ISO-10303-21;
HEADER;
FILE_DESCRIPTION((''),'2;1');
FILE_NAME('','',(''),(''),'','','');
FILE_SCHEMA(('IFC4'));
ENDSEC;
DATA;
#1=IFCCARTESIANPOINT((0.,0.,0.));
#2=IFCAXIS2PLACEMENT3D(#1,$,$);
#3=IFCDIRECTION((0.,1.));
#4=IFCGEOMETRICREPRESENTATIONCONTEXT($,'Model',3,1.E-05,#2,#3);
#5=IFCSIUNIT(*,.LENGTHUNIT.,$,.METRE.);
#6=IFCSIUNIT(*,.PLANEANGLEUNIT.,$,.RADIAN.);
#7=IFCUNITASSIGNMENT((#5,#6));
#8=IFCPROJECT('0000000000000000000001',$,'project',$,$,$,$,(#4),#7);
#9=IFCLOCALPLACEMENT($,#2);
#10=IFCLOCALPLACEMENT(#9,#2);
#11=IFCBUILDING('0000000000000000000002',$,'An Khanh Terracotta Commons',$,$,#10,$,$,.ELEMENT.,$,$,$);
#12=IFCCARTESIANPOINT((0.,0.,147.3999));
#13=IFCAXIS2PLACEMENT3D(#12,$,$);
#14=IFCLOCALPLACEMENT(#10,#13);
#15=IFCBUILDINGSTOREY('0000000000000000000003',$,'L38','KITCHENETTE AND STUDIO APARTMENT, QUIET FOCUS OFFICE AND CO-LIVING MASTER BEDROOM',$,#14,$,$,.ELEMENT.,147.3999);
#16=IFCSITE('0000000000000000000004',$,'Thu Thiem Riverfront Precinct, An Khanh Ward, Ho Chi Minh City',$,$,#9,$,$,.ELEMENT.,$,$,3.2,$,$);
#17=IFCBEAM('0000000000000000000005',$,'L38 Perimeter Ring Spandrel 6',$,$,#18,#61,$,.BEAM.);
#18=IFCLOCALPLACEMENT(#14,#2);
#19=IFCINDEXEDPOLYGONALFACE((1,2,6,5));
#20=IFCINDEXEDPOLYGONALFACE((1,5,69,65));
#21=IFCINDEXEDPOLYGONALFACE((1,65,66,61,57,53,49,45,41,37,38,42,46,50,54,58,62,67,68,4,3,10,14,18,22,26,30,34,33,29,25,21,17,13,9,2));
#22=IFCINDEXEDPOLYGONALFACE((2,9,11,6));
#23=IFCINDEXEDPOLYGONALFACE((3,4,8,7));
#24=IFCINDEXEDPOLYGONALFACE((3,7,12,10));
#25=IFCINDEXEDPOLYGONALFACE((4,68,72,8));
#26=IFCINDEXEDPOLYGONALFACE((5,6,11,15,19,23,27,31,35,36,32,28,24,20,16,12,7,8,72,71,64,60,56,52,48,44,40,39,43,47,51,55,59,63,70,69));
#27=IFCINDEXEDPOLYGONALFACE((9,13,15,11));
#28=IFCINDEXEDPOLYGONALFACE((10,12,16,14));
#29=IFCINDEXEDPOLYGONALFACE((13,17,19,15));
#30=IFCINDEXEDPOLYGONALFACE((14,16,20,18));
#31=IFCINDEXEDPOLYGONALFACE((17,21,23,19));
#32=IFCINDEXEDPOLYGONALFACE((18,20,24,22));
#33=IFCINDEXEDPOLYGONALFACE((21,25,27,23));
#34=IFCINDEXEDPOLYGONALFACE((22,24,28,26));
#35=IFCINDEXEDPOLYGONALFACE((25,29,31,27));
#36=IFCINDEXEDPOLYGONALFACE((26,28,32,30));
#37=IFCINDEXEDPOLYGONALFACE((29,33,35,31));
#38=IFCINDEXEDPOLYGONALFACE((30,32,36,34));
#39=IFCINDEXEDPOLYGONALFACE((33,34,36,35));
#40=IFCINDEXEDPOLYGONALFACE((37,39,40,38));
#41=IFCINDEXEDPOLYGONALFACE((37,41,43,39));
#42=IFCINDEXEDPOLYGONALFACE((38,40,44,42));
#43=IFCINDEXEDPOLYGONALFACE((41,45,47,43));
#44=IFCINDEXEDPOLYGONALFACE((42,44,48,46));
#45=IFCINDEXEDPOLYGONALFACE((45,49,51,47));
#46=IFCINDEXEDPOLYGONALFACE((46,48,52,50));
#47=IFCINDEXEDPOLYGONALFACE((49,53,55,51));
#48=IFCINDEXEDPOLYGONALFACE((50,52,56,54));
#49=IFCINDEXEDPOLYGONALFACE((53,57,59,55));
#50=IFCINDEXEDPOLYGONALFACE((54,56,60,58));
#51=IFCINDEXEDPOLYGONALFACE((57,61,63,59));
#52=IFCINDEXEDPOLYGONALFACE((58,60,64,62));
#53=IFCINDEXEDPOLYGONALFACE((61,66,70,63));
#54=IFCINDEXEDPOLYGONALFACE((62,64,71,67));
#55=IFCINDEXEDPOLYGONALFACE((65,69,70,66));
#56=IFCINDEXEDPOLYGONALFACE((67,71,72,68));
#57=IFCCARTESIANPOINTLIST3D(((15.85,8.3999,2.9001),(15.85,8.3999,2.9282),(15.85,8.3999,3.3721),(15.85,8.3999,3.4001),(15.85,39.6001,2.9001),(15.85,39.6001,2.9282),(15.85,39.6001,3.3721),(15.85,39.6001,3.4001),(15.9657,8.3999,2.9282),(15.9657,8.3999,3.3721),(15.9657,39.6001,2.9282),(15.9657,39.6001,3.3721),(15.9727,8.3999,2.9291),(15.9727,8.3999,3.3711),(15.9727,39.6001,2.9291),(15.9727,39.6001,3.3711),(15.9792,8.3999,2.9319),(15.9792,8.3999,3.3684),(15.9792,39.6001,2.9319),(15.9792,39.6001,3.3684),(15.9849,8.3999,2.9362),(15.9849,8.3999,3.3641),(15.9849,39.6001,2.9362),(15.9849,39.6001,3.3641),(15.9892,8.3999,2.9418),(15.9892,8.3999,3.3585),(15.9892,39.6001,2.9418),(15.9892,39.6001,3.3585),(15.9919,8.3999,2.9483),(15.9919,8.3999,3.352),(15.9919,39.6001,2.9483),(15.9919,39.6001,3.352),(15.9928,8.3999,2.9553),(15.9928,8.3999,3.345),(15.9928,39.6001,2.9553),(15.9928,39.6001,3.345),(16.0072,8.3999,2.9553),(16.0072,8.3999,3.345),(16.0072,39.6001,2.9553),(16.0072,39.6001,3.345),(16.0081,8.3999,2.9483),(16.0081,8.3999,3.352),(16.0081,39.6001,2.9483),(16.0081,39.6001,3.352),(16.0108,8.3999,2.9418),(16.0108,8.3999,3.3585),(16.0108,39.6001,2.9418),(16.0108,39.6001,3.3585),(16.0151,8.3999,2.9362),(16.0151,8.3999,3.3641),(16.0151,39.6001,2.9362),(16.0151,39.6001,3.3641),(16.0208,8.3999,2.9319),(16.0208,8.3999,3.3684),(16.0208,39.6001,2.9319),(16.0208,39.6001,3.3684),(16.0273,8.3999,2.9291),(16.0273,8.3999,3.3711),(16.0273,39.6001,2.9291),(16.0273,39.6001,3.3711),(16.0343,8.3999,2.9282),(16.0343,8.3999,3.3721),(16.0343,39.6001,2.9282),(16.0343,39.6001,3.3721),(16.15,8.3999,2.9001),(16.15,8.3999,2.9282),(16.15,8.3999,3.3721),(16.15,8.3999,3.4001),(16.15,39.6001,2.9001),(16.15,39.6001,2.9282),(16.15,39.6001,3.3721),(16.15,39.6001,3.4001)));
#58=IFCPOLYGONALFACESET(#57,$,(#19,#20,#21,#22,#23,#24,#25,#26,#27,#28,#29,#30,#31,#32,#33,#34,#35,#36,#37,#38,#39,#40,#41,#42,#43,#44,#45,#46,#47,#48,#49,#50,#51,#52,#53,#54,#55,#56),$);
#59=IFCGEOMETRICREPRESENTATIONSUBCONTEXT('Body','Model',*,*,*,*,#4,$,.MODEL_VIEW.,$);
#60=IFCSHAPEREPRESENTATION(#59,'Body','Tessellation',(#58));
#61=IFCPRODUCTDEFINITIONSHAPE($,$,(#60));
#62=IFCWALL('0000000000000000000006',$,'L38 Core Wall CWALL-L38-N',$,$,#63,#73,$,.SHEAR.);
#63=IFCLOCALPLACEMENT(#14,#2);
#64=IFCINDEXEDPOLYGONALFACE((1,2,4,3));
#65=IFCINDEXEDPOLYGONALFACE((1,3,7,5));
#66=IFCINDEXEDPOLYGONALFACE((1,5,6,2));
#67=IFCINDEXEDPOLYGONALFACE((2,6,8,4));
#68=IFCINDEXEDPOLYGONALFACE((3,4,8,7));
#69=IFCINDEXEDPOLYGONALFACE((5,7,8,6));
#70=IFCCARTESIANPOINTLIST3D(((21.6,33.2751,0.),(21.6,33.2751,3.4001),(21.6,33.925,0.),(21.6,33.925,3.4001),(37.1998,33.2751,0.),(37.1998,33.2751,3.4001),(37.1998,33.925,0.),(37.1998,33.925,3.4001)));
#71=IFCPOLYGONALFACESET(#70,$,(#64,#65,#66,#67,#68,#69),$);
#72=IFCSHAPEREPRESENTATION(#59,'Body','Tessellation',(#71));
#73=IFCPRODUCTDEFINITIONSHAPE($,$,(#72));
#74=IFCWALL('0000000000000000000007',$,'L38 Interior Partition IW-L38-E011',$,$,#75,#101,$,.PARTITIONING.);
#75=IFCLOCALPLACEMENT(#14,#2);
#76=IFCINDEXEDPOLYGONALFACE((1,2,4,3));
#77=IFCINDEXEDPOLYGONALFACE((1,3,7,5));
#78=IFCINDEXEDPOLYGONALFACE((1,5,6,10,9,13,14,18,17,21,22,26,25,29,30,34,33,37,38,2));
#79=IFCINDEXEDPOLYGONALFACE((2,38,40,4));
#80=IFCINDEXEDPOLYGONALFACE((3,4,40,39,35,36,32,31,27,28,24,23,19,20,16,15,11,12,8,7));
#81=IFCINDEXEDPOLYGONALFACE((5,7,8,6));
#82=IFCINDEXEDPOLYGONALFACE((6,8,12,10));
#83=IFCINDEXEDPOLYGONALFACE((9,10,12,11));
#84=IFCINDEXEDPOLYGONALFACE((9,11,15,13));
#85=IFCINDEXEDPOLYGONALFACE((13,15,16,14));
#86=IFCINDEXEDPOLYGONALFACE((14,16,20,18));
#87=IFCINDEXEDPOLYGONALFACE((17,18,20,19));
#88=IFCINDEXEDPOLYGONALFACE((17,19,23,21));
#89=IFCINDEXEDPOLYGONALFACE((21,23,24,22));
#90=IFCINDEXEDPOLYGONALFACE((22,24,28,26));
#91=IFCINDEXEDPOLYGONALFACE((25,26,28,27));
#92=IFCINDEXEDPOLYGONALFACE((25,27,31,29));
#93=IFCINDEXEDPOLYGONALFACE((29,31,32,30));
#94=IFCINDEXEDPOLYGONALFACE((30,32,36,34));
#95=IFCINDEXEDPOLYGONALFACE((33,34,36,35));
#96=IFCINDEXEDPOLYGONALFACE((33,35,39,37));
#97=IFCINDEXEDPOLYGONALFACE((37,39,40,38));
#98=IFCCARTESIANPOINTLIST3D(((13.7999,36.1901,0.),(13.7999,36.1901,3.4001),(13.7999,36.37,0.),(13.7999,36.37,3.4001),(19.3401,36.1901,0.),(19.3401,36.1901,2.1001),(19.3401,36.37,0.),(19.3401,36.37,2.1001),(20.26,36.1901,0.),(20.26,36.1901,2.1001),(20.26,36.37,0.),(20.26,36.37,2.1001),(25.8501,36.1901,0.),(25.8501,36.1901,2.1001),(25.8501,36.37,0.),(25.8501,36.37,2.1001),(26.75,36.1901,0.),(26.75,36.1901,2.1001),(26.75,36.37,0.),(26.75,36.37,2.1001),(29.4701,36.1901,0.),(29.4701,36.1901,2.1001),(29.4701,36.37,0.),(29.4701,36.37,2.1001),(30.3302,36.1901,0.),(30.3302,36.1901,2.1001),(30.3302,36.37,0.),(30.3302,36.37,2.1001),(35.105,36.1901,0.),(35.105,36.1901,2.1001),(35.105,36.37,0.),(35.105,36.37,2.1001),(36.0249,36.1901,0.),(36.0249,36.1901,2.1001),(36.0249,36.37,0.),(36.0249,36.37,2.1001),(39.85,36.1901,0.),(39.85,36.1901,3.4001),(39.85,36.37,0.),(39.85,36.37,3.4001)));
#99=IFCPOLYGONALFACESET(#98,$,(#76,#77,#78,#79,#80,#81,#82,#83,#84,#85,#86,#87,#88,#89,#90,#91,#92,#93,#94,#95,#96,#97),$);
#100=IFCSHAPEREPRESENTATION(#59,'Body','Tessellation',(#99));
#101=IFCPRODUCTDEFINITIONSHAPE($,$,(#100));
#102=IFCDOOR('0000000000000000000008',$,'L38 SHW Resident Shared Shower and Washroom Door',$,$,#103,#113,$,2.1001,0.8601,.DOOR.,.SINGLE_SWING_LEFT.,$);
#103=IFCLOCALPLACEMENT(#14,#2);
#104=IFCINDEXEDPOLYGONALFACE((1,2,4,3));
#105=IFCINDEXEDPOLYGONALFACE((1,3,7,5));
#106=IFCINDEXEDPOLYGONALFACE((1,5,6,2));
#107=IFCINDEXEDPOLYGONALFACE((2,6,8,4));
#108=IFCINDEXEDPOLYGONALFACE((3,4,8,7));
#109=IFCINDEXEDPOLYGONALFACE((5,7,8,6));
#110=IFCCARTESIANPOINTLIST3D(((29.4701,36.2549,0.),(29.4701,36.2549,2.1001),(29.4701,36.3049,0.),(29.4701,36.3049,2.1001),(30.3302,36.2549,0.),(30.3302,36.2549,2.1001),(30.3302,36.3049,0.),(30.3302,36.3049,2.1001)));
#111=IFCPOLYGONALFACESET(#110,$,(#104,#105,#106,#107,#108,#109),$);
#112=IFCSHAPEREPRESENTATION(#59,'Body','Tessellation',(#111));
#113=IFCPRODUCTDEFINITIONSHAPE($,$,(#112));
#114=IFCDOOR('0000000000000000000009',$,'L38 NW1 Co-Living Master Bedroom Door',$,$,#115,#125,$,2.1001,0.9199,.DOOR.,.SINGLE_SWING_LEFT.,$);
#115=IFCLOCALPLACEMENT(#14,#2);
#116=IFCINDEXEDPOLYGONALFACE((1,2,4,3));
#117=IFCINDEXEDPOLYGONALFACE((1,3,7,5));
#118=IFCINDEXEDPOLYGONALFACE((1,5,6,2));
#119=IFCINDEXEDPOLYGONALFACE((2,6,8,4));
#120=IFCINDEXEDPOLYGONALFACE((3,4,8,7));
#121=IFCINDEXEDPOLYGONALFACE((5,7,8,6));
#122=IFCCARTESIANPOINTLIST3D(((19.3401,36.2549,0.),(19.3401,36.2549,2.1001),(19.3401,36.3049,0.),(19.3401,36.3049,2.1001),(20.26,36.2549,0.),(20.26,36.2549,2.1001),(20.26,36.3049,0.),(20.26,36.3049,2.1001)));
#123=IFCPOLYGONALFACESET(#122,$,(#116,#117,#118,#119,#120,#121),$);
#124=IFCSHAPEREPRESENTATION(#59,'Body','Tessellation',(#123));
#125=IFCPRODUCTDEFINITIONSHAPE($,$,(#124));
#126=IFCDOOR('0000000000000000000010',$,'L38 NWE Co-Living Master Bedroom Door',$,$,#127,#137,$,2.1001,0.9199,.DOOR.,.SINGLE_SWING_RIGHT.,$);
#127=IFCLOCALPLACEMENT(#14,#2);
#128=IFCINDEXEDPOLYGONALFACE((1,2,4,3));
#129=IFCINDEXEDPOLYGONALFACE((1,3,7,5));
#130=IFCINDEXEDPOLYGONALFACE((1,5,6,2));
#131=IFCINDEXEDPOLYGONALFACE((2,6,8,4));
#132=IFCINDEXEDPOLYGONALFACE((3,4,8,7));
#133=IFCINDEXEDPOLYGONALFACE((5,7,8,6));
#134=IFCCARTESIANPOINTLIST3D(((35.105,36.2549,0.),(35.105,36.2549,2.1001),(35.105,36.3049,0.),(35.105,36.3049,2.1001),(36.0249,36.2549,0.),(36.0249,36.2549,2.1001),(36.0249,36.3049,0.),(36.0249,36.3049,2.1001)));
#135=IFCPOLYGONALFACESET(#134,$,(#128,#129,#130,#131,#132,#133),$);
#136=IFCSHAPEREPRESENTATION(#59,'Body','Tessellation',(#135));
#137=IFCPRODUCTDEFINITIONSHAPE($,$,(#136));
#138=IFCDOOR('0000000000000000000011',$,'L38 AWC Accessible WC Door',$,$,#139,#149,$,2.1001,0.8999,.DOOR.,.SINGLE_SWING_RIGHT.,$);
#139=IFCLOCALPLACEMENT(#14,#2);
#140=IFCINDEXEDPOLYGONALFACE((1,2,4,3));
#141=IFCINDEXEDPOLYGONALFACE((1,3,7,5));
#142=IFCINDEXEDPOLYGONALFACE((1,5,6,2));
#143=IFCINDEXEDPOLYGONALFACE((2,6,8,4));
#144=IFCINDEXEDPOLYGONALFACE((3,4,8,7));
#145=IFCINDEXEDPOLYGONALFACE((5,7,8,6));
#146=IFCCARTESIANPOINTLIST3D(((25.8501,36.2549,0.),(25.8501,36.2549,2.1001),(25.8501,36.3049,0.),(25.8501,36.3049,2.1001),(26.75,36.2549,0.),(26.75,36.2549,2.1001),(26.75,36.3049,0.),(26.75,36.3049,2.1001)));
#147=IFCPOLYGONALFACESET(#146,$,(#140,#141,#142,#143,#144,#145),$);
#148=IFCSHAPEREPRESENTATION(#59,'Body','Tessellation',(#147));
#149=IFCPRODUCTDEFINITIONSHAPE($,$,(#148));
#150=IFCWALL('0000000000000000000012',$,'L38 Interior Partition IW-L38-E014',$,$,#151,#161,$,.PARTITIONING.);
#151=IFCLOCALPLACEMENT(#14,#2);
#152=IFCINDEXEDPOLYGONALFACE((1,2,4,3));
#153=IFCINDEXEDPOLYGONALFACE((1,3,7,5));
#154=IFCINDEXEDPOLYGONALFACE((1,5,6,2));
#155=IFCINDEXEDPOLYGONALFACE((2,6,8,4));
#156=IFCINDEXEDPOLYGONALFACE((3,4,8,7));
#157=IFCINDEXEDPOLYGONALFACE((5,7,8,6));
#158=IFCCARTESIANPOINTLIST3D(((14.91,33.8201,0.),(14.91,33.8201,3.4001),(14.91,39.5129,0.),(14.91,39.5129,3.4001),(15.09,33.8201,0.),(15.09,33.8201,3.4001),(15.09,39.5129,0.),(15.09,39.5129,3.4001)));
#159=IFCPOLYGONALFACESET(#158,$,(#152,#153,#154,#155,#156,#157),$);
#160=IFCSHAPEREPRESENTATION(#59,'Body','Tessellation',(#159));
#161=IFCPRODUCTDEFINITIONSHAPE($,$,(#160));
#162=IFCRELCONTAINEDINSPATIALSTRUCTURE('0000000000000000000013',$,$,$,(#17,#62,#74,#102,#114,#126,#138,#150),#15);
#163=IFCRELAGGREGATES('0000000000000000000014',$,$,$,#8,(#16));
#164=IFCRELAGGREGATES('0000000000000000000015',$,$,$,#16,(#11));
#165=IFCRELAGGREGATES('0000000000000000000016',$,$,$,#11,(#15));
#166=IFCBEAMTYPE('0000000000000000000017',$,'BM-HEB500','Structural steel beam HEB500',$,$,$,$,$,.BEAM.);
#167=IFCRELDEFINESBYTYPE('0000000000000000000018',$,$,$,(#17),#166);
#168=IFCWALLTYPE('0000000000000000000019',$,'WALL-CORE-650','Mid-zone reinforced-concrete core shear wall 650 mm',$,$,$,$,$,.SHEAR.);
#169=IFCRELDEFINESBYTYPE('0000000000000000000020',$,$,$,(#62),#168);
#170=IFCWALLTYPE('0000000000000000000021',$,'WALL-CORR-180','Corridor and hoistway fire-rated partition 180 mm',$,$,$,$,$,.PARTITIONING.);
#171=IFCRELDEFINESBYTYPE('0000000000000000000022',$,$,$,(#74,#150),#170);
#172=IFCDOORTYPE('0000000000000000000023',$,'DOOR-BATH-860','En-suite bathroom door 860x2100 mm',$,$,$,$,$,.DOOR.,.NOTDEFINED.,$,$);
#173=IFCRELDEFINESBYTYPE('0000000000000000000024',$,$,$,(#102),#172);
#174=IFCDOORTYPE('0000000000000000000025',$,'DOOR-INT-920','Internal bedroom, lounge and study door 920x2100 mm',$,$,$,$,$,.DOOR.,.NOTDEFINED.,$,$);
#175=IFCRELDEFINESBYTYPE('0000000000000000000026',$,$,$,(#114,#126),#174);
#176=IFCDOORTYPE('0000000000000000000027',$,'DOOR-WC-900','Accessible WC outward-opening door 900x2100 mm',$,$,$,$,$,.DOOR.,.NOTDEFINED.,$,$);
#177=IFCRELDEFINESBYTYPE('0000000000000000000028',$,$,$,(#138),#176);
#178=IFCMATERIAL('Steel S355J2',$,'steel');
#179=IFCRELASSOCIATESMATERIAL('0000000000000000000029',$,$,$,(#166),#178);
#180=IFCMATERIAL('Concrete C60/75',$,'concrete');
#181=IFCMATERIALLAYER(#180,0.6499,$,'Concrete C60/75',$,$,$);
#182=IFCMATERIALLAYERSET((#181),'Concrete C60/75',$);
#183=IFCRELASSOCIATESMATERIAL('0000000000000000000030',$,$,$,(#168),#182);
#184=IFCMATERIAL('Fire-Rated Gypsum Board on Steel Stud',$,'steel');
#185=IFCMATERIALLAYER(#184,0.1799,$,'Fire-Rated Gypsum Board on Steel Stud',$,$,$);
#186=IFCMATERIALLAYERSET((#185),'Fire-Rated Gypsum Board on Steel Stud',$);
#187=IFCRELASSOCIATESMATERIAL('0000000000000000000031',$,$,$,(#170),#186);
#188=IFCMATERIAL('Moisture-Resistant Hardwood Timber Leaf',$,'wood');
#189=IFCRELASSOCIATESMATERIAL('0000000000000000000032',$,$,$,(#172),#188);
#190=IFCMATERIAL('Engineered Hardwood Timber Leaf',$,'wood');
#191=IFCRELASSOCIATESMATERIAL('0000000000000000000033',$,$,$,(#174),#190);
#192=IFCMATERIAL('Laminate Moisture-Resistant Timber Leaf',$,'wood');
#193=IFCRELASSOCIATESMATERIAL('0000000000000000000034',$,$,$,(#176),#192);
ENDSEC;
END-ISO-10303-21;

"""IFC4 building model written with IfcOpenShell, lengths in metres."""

from ifc_helpers import new_model, si_unit, direction, frame, frame_2d, origin, origin_2d, place, context, subcontext, project, spatial, rectangle, i_section, extrude, material, layer, layer_set, material_profile, profile_set, type_object, element, fill, save


model = new_model("IFC4")

# Units and contexts
model_context = context("Model", 3, precision=1e-05, world=origin(), true_north=direction((0.0, 1.0)))
body_context = subcontext(model_context, "Body", "Model", "MODEL_VIEW")
ifc_project = project(units=[si_unit("LENGTHUNIT", "METRE"), si_unit("PLANEANGLEUNIT", "RADIAN")], contexts=[model_context])

# Site, building, storey
site_placement = place(None, origin())
site = spatial("IfcSite", under=ifc_project, at=site_placement, Name="Thu Thiem Riverfront Precinct, An Khanh Ward, Ho Chi Minh City", CompositionType="ELEMENT", RefElevation=3.2)
building_placement = place(site_placement, origin())
building = spatial("IfcBuilding", under=site, at=building_placement, Name="An Khanh Terracotta Commons", CompositionType="ELEMENT")
storey_placement = place(building_placement, frame((0.0, 0.0, 147.3999)))
storey = spatial("IfcBuildingStorey", under=building, at=storey_placement, Name="L38", Description="KITCHENETTE AND STUDIO APARTMENT, QUIET FOCUS OFFICE AND CO-LIVING MASTER BEDROOM", CompositionType="ELEMENT", Elevation=147.3999)

# Shared definitions
ifc_material_1 = material(Name="Concrete C60/75", Category="concrete")

# Beam
ifc_material_2 = material(Name="Steel S355J2", Category="steel")
ifc_material_profile_1 = material_profile(ifc_material_2, i_section(OverallWidth=0.3, OverallDepth=0.5, WebThickness=0.0144, FlangeThickness=0.0281, FilletRadius=0.0271, at=origin_2d()), Name="HEB500")
ifc_profile_set_1 = profile_set([ifc_material_profile_1], Name="Steel S355J2")
beam_type_1 = type_object("IfcBeamType", Name="BM-HEB500", Description="Structural steel beam HEB500", PredefinedType="BEAM", material=ifc_profile_set_1)
beam_1_placement = place(storey_placement, frame((16.0, 39.6001, 3.1501), z_axis=(0.0, -1.0, 0.0), x_axis=(1.0, 0.0, 0.0)))
element("IfcBeam", 1, at=beam_1_placement, inside=storey, type_object=beam_type_1, Name="L38 Perimeter Ring Spandrel 6", PredefinedType="BEAM", context=body_context, shape_type="SweptSolid", body=[
    extrude(i_section(OverallWidth=0.3, OverallDepth=0.5, WebThickness=0.0144, FlangeThickness=0.0281, FilletRadius=0.0271, at=origin_2d()), origin(), (0.0, 0.0, 1.0), 31.2002),
])

# Wall
ifc_layer_1 = layer(ifc_material_1, 0.6499, Name="Concrete C60/75")
ifc_layer_set_1 = layer_set([ifc_layer_1], Name="Concrete C60/75")
wall_type_1 = type_object("IfcWallType", Name="WALL-CORE-650", Description="Mid-zone reinforced-concrete core shear wall 650 mm", PredefinedType="SHEAR", material=ifc_layer_set_1)
wall_1_placement = place(storey_placement, frame((21.6001, 33.6001, 0.0), z_axis=(0.0, 0.0, 1.0), x_axis=(1.0, 0.0, 0.0)))
element("IfcWall", 2, at=wall_1_placement, inside=storey, type_object=wall_type_1, Name="L38 Core Wall CWALL-L38-N", PredefinedType="SHEAR", context=body_context, shape_type="SweptSolid", body=[
    extrude(rectangle(XDim=15.5999, YDim=0.6499, at=frame_2d((7.7998, 0.0))), origin(), (0.0, 0.0, 1.0), 3.4001),
])

# Wall, openings, doors
ifc_material_3 = material(Name="Fire-Rated Gypsum Board on Steel Stud", Category="steel")
ifc_layer_2 = layer(ifc_material_3, 0.1799, Name="Fire-Rated Gypsum Board on Steel Stud")
ifc_layer_set_2 = layer_set([ifc_layer_2], Name="Fire-Rated Gypsum Board on Steel Stud")
wall_type_2 = type_object("IfcWallType", Name="WALL-CORR-180", Description="Corridor and hoistway fire-rated partition 180 mm", PredefinedType="PARTITIONING", material=ifc_layer_set_2)
wall_2_placement = place(storey_placement, frame((13.8, 36.28, 0.0), z_axis=(0.0, 0.0, 1.0), x_axis=(1.0, 0.0, 0.0)))
wall_2 = element("IfcWall", 3, at=wall_2_placement, inside=storey, type_object=wall_type_2, Name="L38 Interior Partition IW-L38-E011", PredefinedType="PARTITIONING", context=body_context, shape_type="SweptSolid", body=[
    extrude(rectangle(XDim=26.05, YDim=0.1799, at=frame_2d((13.0249, 0.0))), origin(), (0.0, 0.0, 1.0), 3.4001),
])
opening_1_placement = place(wall_2_placement, frame((12.05, 0.0, 0.0)))
opening_1 = element("IfcOpeningElement", 4, at=opening_1_placement, cuts=wall_2, PredefinedType="OPENING", context=body_context, shape_type="SweptSolid", body=[
    extrude(rectangle(XDim=0.8999, YDim=2.1001, at=frame_2d((0.45, 1.05))), frame((0.0, 0.0999, 0.0), z_axis=(0.0, -1.0, 0.0), x_axis=(1.0, 0.0, 0.0)), (0.0, 0.0, 1.0), 0.2),
])
opening_2_placement = place(wall_2_placement, frame((15.6699, 0.0, 0.0)))
opening_2 = element("IfcOpeningElement", 5, at=opening_2_placement, cuts=wall_2, PredefinedType="OPENING", context=body_context, shape_type="SweptSolid", body=[
    extrude(rectangle(XDim=0.8601, YDim=2.1001, at=frame_2d((0.4302, 1.05))), frame((0.0, 0.0999, 0.0), z_axis=(0.0, -1.0, 0.0), x_axis=(1.0, 0.0, 0.0)), (0.0, 0.0, 1.0), 0.2),
])
opening_3_placement = place(wall_2_placement, frame((5.54, 0.0, 0.0)))
opening_3 = element("IfcOpeningElement", 6, at=opening_3_placement, cuts=wall_2, PredefinedType="OPENING", context=body_context, shape_type="SweptSolid", body=[
    extrude(rectangle(XDim=0.9199, YDim=2.1001, at=frame_2d((0.46, 1.05))), frame((0.0, 0.0999, 0.0), z_axis=(0.0, -1.0, 0.0), x_axis=(1.0, 0.0, 0.0)), (0.0, 0.0, 1.0), 0.2),
])
opening_4_placement = place(wall_2_placement, frame((21.3049, 0.0, 0.0)))
opening_4 = element("IfcOpeningElement", 7, at=opening_4_placement, cuts=wall_2, PredefinedType="OPENING", context=body_context, shape_type="SweptSolid", body=[
    extrude(rectangle(XDim=0.9199, YDim=2.1001, at=frame_2d((0.46, 1.05))), frame((0.0, 0.0999, 0.0), z_axis=(0.0, -1.0, 0.0), x_axis=(1.0, 0.0, 0.0)), (0.0, 0.0, 1.0), 0.2),
])
ifc_material_4 = material(Name="Moisture-Resistant Hardwood Timber Leaf", Category="wood")
door_type_1 = type_object("IfcDoorType", Name="DOOR-BATH-860", Description="En-suite bathroom door 860x2100 mm", OperationType="NOTDEFINED", PredefinedType="DOOR", material=ifc_material_4)
door_1_placement = place(opening_2_placement, origin())
door_1 = element("IfcDoor", 8, at=door_1_placement, inside=storey, type_object=door_type_1, Name="L38 SHW Resident Shared Shower and Washroom Door", OperationType="SINGLE_SWING_LEFT", OverallHeight=2.1001, OverallWidth=0.8601, PredefinedType="DOOR", context=body_context, shape_type="SweptSolid", body=[
    extrude(rectangle(XDim=0.8601, YDim=2.1001, at=frame_2d((0.4302, 1.05))), frame((0.0, 0.0249, 0.0), z_axis=(0.0, -1.0, 0.0), x_axis=(1.0, 0.0, 0.0)), (0.0, 0.0, 1.0), 0.05),
])
fill(opening_2, door_1)
ifc_material_5 = material(Name="Engineered Hardwood Timber Leaf", Category="wood")
door_type_2 = type_object("IfcDoorType", Name="DOOR-INT-920", Description="Internal bedroom, lounge and study door 920x2100 mm", OperationType="NOTDEFINED", PredefinedType="DOOR", material=ifc_material_5)
door_2_placement = place(opening_3_placement, origin())
door_2 = element("IfcDoor", 9, at=door_2_placement, inside=storey, type_object=door_type_2, Name="L38 NW1 Co-Living Master Bedroom Door", OperationType="SINGLE_SWING_LEFT", OverallHeight=2.1001, OverallWidth=0.9199, PredefinedType="DOOR", context=body_context, shape_type="SweptSolid", body=[
    extrude(rectangle(XDim=0.9199, YDim=2.1001, at=frame_2d((0.46, 1.05))), frame((0.0, 0.0249, 0.0), z_axis=(0.0, -1.0, 0.0), x_axis=(1.0, 0.0, 0.0)), (0.0, 0.0, 1.0), 0.05),
])
fill(opening_3, door_2)
door_3_placement = place(opening_4_placement, origin())
door_3 = element("IfcDoor", 10, at=door_3_placement, inside=storey, type_object=door_type_2, Name="L38 NWE Co-Living Master Bedroom Door", OperationType="SINGLE_SWING_RIGHT", OverallHeight=2.1001, OverallWidth=0.9199, PredefinedType="DOOR", context=body_context, shape_type="SweptSolid", body=[
    extrude(rectangle(XDim=0.9199, YDim=2.1001, at=frame_2d((0.46, 1.05))), frame((0.0, 0.0249, 0.0), z_axis=(0.0, -1.0, 0.0), x_axis=(1.0, 0.0, 0.0)), (0.0, 0.0, 1.0), 0.05),
])
fill(opening_4, door_3)
ifc_material_6 = material(Name="Laminate Moisture-Resistant Timber Leaf", Category="wood")
door_type_3 = type_object("IfcDoorType", Name="DOOR-WC-900", Description="Accessible WC outward-opening door 900x2100 mm", OperationType="NOTDEFINED", PredefinedType="DOOR", material=ifc_material_6)
door_4_placement = place(opening_1_placement, origin())
door_4 = element("IfcDoor", 11, at=door_4_placement, inside=storey, type_object=door_type_3, Name="L38 AWC Accessible WC Door", OperationType="SINGLE_SWING_RIGHT", OverallHeight=2.1001, OverallWidth=0.8999, PredefinedType="DOOR", context=body_context, shape_type="SweptSolid", body=[
    extrude(rectangle(XDim=0.8999, YDim=2.1001, at=frame_2d((0.45, 1.05))), frame((0.0, 0.0249, 0.0), z_axis=(0.0, -1.0, 0.0), x_axis=(1.0, 0.0, 0.0)), (0.0, 0.0, 1.0), 0.05),
])
fill(opening_1, door_4)

# Wall
wall_3_placement = place(storey_placement, frame((15.0, 33.8201, 0.0), z_axis=(0.0, 0.0, 1.0), x_axis=(0.0, 1.0, 0.0)))
element("IfcWall", 12, at=wall_3_placement, inside=storey, type_object=wall_type_2, Name="L38 Interior Partition IW-L38-E014", PredefinedType="PARTITIONING", context=body_context, shape_type="SweptSolid", body=[
    extrude(rectangle(XDim=5.6929, YDim=0.1799, at=frame_2d((2.8464, 0.0))), origin(), (0.0, 0.0, 1.0), 3.4001),
])

save(model, "model.ifc")
